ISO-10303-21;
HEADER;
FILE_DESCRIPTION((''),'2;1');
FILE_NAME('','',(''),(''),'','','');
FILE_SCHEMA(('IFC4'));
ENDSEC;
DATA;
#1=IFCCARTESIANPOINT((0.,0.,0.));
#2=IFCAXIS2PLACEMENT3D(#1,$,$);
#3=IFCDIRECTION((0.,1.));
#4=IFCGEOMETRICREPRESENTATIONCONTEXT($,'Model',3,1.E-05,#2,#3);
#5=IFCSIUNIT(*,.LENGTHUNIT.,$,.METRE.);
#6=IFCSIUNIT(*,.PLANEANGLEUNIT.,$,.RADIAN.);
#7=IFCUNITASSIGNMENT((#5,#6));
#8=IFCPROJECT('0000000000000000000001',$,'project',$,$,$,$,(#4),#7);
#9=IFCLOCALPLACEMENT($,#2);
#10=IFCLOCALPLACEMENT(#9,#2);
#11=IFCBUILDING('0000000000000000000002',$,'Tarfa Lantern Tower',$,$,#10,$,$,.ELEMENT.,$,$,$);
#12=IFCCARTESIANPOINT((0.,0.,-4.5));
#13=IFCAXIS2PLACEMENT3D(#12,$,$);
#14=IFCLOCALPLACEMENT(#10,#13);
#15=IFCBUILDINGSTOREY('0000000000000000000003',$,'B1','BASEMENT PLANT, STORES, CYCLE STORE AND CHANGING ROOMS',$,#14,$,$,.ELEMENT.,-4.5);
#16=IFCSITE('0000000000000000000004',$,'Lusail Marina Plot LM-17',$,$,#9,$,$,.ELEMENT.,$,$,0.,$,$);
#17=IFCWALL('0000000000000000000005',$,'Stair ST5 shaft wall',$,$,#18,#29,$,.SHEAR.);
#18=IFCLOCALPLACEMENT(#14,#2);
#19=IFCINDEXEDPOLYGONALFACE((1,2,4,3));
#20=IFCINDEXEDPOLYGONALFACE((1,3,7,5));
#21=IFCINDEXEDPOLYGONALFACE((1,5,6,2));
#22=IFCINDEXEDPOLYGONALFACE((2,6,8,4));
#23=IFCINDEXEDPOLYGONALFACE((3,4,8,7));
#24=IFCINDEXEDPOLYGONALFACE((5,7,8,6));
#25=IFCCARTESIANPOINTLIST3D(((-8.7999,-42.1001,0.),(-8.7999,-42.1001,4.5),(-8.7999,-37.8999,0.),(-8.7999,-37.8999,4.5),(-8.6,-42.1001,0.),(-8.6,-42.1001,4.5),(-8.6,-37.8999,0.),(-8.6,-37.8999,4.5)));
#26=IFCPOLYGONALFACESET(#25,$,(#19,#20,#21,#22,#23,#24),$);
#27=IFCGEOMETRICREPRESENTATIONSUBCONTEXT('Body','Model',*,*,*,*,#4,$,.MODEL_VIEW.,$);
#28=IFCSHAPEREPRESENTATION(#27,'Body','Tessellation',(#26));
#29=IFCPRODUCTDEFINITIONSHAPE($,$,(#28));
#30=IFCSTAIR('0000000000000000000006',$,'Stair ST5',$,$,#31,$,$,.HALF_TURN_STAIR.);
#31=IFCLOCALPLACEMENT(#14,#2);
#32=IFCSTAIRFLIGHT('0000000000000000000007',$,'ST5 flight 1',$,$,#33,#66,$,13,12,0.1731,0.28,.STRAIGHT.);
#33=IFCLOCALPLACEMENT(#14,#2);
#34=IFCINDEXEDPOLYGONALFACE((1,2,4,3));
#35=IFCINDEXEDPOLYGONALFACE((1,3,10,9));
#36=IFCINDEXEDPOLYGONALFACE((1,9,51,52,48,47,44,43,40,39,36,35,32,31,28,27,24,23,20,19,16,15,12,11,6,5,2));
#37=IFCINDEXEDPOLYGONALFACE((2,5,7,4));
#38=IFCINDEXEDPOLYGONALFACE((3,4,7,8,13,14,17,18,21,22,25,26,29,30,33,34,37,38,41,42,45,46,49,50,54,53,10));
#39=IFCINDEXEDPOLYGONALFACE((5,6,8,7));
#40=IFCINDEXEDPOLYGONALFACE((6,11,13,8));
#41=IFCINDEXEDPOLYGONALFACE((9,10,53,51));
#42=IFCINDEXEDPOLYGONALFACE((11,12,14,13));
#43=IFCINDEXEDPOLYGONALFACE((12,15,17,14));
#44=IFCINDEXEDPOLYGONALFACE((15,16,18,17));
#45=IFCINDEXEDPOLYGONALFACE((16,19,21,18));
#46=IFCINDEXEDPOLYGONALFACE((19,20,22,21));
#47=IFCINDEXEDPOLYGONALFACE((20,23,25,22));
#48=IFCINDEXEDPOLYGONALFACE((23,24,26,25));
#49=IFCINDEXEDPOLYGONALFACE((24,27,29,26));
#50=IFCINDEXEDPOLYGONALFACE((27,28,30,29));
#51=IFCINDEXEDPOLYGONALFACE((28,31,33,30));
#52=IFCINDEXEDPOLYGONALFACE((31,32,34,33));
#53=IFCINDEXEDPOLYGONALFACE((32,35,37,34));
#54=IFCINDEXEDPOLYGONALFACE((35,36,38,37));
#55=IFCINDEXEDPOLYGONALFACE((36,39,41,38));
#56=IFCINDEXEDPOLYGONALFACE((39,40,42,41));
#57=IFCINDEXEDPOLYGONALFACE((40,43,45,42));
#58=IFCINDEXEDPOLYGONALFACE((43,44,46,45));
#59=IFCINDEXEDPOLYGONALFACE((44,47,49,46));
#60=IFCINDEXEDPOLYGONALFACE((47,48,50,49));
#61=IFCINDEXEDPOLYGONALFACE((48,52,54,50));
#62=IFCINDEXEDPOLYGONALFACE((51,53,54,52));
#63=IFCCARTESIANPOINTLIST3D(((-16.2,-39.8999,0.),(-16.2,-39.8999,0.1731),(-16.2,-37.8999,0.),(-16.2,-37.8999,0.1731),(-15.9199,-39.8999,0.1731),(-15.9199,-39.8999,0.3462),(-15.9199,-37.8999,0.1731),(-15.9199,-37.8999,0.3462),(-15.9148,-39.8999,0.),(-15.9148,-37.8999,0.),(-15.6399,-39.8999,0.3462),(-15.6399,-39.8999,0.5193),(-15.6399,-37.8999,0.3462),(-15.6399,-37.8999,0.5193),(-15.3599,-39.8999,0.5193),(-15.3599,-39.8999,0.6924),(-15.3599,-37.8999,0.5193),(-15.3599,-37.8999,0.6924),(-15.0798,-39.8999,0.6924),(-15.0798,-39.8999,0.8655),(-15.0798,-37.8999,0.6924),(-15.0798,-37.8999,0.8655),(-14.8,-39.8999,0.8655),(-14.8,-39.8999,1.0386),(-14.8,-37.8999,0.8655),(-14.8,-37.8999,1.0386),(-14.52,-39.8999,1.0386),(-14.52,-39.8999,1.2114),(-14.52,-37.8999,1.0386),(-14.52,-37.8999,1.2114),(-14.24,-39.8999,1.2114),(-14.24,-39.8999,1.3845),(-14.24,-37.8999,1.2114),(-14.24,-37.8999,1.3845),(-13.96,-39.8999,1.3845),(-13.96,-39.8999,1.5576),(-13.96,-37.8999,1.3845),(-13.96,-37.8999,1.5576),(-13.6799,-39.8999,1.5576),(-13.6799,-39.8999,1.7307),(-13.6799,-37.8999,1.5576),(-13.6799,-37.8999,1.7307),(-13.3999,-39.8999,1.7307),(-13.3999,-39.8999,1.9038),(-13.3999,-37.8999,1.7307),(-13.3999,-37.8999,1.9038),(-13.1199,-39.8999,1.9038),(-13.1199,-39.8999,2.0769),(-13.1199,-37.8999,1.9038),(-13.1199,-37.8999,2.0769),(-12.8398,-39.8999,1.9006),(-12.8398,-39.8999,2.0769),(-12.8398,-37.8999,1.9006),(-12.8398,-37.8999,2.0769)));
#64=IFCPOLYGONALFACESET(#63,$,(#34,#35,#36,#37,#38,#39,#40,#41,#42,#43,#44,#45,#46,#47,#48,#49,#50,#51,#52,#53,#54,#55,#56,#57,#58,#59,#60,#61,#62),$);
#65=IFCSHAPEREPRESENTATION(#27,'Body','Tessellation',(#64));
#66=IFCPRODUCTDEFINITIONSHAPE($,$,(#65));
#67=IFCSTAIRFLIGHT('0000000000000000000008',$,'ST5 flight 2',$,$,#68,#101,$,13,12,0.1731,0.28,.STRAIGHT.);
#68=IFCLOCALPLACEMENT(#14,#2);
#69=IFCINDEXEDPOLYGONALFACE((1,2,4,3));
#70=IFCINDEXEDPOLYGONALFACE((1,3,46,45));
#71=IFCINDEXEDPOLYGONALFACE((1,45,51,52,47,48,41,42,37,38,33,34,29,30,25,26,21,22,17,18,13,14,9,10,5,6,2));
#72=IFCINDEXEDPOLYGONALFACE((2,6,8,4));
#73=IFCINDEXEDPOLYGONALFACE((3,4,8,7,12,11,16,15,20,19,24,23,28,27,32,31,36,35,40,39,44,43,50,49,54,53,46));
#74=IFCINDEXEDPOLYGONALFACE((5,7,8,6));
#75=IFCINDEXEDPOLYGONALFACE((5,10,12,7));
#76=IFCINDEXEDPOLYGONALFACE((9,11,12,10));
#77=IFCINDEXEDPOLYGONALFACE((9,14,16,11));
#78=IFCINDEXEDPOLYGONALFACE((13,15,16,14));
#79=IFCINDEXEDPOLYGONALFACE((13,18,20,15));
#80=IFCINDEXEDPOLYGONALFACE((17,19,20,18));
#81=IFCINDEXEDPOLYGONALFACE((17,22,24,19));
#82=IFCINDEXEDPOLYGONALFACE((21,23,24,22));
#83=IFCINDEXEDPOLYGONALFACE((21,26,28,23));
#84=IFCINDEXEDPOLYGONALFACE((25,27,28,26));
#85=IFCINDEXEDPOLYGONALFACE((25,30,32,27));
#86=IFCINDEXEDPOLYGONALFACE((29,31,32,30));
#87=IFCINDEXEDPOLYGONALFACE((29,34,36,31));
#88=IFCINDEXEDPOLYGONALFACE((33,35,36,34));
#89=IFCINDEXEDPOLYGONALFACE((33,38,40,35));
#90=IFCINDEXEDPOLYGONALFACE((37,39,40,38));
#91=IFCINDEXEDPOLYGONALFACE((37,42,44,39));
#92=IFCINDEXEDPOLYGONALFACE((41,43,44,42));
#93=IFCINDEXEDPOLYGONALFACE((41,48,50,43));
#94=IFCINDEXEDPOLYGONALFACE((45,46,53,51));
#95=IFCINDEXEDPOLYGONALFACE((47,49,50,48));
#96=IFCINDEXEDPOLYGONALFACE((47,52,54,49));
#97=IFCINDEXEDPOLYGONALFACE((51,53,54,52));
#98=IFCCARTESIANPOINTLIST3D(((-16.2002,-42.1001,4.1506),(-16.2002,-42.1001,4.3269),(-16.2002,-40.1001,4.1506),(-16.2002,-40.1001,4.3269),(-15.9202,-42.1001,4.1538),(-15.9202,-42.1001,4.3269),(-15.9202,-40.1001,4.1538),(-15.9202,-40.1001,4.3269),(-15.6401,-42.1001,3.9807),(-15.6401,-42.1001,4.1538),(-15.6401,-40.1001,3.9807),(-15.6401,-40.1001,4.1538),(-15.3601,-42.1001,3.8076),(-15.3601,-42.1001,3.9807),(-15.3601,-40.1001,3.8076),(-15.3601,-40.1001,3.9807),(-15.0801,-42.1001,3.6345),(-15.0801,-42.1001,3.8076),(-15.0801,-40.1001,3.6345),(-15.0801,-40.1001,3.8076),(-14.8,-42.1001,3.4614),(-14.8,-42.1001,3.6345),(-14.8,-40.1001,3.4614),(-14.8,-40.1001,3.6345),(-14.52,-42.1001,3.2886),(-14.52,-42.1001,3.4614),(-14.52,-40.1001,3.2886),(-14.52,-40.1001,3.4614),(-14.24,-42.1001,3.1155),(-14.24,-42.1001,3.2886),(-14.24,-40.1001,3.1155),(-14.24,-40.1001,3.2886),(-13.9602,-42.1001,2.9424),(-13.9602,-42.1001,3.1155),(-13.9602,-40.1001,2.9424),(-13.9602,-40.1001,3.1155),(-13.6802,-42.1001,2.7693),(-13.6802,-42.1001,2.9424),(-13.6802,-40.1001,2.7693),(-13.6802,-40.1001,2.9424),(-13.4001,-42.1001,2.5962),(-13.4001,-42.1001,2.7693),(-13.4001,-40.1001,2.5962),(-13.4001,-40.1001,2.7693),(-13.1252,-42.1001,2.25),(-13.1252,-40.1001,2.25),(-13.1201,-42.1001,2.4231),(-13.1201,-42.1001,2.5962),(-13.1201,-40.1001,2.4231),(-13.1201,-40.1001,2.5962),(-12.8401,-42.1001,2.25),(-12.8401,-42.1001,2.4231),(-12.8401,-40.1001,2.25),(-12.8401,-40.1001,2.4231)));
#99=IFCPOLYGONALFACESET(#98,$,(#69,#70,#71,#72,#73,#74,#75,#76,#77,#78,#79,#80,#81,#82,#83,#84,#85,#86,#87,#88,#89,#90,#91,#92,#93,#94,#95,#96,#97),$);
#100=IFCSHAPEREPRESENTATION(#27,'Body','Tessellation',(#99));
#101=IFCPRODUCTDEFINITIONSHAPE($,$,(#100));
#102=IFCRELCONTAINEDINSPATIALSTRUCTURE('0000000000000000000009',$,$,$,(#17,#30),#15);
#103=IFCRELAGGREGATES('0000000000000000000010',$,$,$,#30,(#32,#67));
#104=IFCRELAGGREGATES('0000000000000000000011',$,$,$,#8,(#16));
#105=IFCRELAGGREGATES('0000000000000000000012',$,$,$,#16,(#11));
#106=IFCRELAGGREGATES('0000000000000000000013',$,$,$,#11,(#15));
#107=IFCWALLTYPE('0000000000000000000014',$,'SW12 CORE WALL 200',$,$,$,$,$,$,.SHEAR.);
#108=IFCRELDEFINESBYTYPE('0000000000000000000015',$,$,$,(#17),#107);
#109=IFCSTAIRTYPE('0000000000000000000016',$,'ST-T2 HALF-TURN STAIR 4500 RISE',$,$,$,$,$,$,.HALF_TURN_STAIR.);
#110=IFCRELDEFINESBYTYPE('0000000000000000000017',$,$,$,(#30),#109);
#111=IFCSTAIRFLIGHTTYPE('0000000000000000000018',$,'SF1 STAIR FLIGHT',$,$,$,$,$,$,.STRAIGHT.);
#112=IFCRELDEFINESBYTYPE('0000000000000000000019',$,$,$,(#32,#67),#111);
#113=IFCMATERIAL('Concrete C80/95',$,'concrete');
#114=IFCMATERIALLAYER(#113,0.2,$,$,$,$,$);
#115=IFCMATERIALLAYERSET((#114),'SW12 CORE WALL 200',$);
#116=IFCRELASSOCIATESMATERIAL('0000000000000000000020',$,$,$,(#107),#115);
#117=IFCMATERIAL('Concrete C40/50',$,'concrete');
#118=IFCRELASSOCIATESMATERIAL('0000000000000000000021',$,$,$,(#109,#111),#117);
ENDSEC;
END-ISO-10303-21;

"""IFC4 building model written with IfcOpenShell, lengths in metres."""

from ifc_helpers import new_model, si_unit, direction, frame, frame_2d, origin, place, context, subcontext, project, spatial, polyline, rectangle, outline, extrude, material, layer, layer_set, type_object, element, aggregate, save


model = new_model("IFC4")

# Units and contexts
model_context = context("Model", 3, precision=1e-05, world=origin(), true_north=direction((0.0, 1.0)))
body_context = subcontext(model_context, "Body", "Model", "MODEL_VIEW")
ifc_project = project(units=[si_unit("LENGTHUNIT", "METRE"), si_unit("PLANEANGLEUNIT", "RADIAN")], contexts=[model_context])

# Site, building, storey
site_placement = place(None, origin())
site = spatial("IfcSite", under=ifc_project, at=site_placement, Name="Lusail Marina Plot LM-17", CompositionType="ELEMENT", RefElevation=0.0)
building_placement = place(site_placement, origin())
building = spatial("IfcBuilding", under=site, at=building_placement, Name="Tarfa Lantern Tower", CompositionType="ELEMENT")
storey_placement = place(building_placement, frame((0.0, 0.0, -4.5)))
storey = spatial("IfcBuildingStorey", under=building, at=storey_placement, Name="B1", Description="BASEMENT PLANT, STORES, CYCLE STORE AND CHANGING ROOMS", CompositionType="ELEMENT", Elevation=-4.5)

# Shared definitions
ifc_material_1 = material(Name="Concrete C80/95", Category="concrete")

# Shared definitions
ifc_layer_1 = layer(ifc_material_1, 0.2)
ifc_layer_set_1 = layer_set([ifc_layer_1], Name="SW12 CORE WALL 200")
wall_type_1 = type_object("IfcWallType", Name="SW12 CORE WALL 200", PredefinedType="SHEAR", material=ifc_layer_set_1)

# Wall
for number, where, z_axis, x_axis, name in (
    (1, (-8.7, -42.1001, 0.0), (0.0, 0.0, 1.0), (0.0, 1.0, 0.0), "Stair ST5 shaft wall"),
):
    element("IfcWall", number, at=place(storey_placement, frame(where, z_axis=z_axis, x_axis=x_axis)), inside=storey, type_object=wall_type_1, Name=name, PredefinedType="SHEAR", context=body_context, shape_type="SweptSolid", body=[
        extrude(rectangle(XDim=4.2002, YDim=0.2, at=frame_2d((2.1001, 0.0))), origin(), (0.0, 0.0, 1.0), 4.5),
    ])

# Stair, stair flights
ifc_material_2 = material(Name="Concrete C40/50", Category="concrete")
stair_type = type_object("IfcStairType", Name="ST-T2 HALF-TURN STAIR 4500 RISE", PredefinedType="HALF_TURN_STAIR", material=ifc_material_2)
stair_placement = place(storey_placement, origin())
stair = element("IfcStair", 2, at=stair_placement, inside=storey, type_object=stair_type, Name="Stair ST5", PredefinedType="HALF_TURN_STAIR")
stair_flight_type = type_object("IfcStairFlightType", Name="SF1 STAIR FLIGHT", PredefinedType="STRAIGHT", material=ifc_material_2)
stair_flight_1_placement = place(storey_placement, frame((-16.2, -38.8999, 0.0), z_axis=(0.0, 0.0, 1.0), x_axis=(1.0, 0.0, 0.0)))
stair_flight_1 = element("IfcStairFlight", 3, at=stair_flight_1_placement, type_object=stair_flight_type, Name="ST5 flight 1", NumberOfRisers=13, NumberOfTreads=12, PredefinedType="STRAIGHT", RiserHeight=0.1731, TreadLength=0.28, context=body_context, shape_type="SweptSolid", body=[
    extrude(outline(polyline([(0.0, 0.0), (0.0, 0.1731), (0.28, 0.1731), (0.28, 0.3462), (0.5601, 0.3462), (0.5601, 0.5193), (0.8401, 0.5193), (0.8401, 0.6924), (1.1201, 0.6924), (1.1201, 0.8655), (1.3999, 0.8655), (1.3999, 1.0386), (1.6799, 1.0386), (1.6799, 1.2114), (1.96, 1.2114), (1.96, 1.3845), (2.24, 1.3845), (2.24, 1.5576), (2.52, 1.5576), (2.52, 1.7307), (2.8, 1.7307), (2.8, 1.9038), (3.0801, 1.9038), (3.0801, 2.0769), (3.3601, 2.0769), (3.3601, 2.25), (3.3601, 1.9006), (0.2852, 0.0), (0.0, 0.0)])), frame((0.0, 1.0, 0.0), z_axis=(0.0, -1.0, 0.0), x_axis=(1.0, 0.0, 0.0)), (0.0, 0.0, 1.0), 2.0),
])
stair_flight_2_placement = place(storey_placement, frame((-12.8401, -41.1001, 2.25), z_axis=(0.0, 0.0, 1.0), x_axis=(-1.0, 0.0, 0.0)))
stair_flight_2 = element("IfcStairFlight", 4, at=stair_flight_2_placement, type_object=stair_flight_type, Name="ST5 flight 2", NumberOfRisers=13, NumberOfTreads=12, PredefinedType="STRAIGHT", RiserHeight=0.1731, TreadLength=0.28, context=body_context, shape_type="SweptSolid", body=[
    extrude(outline(polyline([(0.0, 0.0), (0.0, 0.1731), (0.28, 0.1731), (0.28, 0.3462), (0.5601, 0.3462), (0.5601, 0.5193), (0.8401, 0.5193), (0.8401, 0.6924), (1.1201, 0.6924), (1.1201, 0.8655), (1.3999, 0.8655), (1.3999, 1.0386), (1.6799, 1.0386), (1.6799, 1.2114), (1.96, 1.2114), (1.96, 1.3845), (2.24, 1.3845), (2.24, 1.5576), (2.52, 1.5576), (2.52, 1.7307), (2.8, 1.7307), (2.8, 1.9038), (3.0801, 1.9038), (3.0801, 2.0769), (3.3601, 2.0769), (3.3601, 2.25), (3.3601, 1.9006), (0.2852, 0.0), (0.0, 0.0)])), frame((0.0, 1.0, 0.0), z_axis=(0.0, -1.0, 0.0), x_axis=(1.0, 0.0, 0.0)), (0.0, 0.0, 1.0), 2.0),
])
aggregate(stair, [stair_flight_1, stair_flight_2])

save(model, "model.ifc")
